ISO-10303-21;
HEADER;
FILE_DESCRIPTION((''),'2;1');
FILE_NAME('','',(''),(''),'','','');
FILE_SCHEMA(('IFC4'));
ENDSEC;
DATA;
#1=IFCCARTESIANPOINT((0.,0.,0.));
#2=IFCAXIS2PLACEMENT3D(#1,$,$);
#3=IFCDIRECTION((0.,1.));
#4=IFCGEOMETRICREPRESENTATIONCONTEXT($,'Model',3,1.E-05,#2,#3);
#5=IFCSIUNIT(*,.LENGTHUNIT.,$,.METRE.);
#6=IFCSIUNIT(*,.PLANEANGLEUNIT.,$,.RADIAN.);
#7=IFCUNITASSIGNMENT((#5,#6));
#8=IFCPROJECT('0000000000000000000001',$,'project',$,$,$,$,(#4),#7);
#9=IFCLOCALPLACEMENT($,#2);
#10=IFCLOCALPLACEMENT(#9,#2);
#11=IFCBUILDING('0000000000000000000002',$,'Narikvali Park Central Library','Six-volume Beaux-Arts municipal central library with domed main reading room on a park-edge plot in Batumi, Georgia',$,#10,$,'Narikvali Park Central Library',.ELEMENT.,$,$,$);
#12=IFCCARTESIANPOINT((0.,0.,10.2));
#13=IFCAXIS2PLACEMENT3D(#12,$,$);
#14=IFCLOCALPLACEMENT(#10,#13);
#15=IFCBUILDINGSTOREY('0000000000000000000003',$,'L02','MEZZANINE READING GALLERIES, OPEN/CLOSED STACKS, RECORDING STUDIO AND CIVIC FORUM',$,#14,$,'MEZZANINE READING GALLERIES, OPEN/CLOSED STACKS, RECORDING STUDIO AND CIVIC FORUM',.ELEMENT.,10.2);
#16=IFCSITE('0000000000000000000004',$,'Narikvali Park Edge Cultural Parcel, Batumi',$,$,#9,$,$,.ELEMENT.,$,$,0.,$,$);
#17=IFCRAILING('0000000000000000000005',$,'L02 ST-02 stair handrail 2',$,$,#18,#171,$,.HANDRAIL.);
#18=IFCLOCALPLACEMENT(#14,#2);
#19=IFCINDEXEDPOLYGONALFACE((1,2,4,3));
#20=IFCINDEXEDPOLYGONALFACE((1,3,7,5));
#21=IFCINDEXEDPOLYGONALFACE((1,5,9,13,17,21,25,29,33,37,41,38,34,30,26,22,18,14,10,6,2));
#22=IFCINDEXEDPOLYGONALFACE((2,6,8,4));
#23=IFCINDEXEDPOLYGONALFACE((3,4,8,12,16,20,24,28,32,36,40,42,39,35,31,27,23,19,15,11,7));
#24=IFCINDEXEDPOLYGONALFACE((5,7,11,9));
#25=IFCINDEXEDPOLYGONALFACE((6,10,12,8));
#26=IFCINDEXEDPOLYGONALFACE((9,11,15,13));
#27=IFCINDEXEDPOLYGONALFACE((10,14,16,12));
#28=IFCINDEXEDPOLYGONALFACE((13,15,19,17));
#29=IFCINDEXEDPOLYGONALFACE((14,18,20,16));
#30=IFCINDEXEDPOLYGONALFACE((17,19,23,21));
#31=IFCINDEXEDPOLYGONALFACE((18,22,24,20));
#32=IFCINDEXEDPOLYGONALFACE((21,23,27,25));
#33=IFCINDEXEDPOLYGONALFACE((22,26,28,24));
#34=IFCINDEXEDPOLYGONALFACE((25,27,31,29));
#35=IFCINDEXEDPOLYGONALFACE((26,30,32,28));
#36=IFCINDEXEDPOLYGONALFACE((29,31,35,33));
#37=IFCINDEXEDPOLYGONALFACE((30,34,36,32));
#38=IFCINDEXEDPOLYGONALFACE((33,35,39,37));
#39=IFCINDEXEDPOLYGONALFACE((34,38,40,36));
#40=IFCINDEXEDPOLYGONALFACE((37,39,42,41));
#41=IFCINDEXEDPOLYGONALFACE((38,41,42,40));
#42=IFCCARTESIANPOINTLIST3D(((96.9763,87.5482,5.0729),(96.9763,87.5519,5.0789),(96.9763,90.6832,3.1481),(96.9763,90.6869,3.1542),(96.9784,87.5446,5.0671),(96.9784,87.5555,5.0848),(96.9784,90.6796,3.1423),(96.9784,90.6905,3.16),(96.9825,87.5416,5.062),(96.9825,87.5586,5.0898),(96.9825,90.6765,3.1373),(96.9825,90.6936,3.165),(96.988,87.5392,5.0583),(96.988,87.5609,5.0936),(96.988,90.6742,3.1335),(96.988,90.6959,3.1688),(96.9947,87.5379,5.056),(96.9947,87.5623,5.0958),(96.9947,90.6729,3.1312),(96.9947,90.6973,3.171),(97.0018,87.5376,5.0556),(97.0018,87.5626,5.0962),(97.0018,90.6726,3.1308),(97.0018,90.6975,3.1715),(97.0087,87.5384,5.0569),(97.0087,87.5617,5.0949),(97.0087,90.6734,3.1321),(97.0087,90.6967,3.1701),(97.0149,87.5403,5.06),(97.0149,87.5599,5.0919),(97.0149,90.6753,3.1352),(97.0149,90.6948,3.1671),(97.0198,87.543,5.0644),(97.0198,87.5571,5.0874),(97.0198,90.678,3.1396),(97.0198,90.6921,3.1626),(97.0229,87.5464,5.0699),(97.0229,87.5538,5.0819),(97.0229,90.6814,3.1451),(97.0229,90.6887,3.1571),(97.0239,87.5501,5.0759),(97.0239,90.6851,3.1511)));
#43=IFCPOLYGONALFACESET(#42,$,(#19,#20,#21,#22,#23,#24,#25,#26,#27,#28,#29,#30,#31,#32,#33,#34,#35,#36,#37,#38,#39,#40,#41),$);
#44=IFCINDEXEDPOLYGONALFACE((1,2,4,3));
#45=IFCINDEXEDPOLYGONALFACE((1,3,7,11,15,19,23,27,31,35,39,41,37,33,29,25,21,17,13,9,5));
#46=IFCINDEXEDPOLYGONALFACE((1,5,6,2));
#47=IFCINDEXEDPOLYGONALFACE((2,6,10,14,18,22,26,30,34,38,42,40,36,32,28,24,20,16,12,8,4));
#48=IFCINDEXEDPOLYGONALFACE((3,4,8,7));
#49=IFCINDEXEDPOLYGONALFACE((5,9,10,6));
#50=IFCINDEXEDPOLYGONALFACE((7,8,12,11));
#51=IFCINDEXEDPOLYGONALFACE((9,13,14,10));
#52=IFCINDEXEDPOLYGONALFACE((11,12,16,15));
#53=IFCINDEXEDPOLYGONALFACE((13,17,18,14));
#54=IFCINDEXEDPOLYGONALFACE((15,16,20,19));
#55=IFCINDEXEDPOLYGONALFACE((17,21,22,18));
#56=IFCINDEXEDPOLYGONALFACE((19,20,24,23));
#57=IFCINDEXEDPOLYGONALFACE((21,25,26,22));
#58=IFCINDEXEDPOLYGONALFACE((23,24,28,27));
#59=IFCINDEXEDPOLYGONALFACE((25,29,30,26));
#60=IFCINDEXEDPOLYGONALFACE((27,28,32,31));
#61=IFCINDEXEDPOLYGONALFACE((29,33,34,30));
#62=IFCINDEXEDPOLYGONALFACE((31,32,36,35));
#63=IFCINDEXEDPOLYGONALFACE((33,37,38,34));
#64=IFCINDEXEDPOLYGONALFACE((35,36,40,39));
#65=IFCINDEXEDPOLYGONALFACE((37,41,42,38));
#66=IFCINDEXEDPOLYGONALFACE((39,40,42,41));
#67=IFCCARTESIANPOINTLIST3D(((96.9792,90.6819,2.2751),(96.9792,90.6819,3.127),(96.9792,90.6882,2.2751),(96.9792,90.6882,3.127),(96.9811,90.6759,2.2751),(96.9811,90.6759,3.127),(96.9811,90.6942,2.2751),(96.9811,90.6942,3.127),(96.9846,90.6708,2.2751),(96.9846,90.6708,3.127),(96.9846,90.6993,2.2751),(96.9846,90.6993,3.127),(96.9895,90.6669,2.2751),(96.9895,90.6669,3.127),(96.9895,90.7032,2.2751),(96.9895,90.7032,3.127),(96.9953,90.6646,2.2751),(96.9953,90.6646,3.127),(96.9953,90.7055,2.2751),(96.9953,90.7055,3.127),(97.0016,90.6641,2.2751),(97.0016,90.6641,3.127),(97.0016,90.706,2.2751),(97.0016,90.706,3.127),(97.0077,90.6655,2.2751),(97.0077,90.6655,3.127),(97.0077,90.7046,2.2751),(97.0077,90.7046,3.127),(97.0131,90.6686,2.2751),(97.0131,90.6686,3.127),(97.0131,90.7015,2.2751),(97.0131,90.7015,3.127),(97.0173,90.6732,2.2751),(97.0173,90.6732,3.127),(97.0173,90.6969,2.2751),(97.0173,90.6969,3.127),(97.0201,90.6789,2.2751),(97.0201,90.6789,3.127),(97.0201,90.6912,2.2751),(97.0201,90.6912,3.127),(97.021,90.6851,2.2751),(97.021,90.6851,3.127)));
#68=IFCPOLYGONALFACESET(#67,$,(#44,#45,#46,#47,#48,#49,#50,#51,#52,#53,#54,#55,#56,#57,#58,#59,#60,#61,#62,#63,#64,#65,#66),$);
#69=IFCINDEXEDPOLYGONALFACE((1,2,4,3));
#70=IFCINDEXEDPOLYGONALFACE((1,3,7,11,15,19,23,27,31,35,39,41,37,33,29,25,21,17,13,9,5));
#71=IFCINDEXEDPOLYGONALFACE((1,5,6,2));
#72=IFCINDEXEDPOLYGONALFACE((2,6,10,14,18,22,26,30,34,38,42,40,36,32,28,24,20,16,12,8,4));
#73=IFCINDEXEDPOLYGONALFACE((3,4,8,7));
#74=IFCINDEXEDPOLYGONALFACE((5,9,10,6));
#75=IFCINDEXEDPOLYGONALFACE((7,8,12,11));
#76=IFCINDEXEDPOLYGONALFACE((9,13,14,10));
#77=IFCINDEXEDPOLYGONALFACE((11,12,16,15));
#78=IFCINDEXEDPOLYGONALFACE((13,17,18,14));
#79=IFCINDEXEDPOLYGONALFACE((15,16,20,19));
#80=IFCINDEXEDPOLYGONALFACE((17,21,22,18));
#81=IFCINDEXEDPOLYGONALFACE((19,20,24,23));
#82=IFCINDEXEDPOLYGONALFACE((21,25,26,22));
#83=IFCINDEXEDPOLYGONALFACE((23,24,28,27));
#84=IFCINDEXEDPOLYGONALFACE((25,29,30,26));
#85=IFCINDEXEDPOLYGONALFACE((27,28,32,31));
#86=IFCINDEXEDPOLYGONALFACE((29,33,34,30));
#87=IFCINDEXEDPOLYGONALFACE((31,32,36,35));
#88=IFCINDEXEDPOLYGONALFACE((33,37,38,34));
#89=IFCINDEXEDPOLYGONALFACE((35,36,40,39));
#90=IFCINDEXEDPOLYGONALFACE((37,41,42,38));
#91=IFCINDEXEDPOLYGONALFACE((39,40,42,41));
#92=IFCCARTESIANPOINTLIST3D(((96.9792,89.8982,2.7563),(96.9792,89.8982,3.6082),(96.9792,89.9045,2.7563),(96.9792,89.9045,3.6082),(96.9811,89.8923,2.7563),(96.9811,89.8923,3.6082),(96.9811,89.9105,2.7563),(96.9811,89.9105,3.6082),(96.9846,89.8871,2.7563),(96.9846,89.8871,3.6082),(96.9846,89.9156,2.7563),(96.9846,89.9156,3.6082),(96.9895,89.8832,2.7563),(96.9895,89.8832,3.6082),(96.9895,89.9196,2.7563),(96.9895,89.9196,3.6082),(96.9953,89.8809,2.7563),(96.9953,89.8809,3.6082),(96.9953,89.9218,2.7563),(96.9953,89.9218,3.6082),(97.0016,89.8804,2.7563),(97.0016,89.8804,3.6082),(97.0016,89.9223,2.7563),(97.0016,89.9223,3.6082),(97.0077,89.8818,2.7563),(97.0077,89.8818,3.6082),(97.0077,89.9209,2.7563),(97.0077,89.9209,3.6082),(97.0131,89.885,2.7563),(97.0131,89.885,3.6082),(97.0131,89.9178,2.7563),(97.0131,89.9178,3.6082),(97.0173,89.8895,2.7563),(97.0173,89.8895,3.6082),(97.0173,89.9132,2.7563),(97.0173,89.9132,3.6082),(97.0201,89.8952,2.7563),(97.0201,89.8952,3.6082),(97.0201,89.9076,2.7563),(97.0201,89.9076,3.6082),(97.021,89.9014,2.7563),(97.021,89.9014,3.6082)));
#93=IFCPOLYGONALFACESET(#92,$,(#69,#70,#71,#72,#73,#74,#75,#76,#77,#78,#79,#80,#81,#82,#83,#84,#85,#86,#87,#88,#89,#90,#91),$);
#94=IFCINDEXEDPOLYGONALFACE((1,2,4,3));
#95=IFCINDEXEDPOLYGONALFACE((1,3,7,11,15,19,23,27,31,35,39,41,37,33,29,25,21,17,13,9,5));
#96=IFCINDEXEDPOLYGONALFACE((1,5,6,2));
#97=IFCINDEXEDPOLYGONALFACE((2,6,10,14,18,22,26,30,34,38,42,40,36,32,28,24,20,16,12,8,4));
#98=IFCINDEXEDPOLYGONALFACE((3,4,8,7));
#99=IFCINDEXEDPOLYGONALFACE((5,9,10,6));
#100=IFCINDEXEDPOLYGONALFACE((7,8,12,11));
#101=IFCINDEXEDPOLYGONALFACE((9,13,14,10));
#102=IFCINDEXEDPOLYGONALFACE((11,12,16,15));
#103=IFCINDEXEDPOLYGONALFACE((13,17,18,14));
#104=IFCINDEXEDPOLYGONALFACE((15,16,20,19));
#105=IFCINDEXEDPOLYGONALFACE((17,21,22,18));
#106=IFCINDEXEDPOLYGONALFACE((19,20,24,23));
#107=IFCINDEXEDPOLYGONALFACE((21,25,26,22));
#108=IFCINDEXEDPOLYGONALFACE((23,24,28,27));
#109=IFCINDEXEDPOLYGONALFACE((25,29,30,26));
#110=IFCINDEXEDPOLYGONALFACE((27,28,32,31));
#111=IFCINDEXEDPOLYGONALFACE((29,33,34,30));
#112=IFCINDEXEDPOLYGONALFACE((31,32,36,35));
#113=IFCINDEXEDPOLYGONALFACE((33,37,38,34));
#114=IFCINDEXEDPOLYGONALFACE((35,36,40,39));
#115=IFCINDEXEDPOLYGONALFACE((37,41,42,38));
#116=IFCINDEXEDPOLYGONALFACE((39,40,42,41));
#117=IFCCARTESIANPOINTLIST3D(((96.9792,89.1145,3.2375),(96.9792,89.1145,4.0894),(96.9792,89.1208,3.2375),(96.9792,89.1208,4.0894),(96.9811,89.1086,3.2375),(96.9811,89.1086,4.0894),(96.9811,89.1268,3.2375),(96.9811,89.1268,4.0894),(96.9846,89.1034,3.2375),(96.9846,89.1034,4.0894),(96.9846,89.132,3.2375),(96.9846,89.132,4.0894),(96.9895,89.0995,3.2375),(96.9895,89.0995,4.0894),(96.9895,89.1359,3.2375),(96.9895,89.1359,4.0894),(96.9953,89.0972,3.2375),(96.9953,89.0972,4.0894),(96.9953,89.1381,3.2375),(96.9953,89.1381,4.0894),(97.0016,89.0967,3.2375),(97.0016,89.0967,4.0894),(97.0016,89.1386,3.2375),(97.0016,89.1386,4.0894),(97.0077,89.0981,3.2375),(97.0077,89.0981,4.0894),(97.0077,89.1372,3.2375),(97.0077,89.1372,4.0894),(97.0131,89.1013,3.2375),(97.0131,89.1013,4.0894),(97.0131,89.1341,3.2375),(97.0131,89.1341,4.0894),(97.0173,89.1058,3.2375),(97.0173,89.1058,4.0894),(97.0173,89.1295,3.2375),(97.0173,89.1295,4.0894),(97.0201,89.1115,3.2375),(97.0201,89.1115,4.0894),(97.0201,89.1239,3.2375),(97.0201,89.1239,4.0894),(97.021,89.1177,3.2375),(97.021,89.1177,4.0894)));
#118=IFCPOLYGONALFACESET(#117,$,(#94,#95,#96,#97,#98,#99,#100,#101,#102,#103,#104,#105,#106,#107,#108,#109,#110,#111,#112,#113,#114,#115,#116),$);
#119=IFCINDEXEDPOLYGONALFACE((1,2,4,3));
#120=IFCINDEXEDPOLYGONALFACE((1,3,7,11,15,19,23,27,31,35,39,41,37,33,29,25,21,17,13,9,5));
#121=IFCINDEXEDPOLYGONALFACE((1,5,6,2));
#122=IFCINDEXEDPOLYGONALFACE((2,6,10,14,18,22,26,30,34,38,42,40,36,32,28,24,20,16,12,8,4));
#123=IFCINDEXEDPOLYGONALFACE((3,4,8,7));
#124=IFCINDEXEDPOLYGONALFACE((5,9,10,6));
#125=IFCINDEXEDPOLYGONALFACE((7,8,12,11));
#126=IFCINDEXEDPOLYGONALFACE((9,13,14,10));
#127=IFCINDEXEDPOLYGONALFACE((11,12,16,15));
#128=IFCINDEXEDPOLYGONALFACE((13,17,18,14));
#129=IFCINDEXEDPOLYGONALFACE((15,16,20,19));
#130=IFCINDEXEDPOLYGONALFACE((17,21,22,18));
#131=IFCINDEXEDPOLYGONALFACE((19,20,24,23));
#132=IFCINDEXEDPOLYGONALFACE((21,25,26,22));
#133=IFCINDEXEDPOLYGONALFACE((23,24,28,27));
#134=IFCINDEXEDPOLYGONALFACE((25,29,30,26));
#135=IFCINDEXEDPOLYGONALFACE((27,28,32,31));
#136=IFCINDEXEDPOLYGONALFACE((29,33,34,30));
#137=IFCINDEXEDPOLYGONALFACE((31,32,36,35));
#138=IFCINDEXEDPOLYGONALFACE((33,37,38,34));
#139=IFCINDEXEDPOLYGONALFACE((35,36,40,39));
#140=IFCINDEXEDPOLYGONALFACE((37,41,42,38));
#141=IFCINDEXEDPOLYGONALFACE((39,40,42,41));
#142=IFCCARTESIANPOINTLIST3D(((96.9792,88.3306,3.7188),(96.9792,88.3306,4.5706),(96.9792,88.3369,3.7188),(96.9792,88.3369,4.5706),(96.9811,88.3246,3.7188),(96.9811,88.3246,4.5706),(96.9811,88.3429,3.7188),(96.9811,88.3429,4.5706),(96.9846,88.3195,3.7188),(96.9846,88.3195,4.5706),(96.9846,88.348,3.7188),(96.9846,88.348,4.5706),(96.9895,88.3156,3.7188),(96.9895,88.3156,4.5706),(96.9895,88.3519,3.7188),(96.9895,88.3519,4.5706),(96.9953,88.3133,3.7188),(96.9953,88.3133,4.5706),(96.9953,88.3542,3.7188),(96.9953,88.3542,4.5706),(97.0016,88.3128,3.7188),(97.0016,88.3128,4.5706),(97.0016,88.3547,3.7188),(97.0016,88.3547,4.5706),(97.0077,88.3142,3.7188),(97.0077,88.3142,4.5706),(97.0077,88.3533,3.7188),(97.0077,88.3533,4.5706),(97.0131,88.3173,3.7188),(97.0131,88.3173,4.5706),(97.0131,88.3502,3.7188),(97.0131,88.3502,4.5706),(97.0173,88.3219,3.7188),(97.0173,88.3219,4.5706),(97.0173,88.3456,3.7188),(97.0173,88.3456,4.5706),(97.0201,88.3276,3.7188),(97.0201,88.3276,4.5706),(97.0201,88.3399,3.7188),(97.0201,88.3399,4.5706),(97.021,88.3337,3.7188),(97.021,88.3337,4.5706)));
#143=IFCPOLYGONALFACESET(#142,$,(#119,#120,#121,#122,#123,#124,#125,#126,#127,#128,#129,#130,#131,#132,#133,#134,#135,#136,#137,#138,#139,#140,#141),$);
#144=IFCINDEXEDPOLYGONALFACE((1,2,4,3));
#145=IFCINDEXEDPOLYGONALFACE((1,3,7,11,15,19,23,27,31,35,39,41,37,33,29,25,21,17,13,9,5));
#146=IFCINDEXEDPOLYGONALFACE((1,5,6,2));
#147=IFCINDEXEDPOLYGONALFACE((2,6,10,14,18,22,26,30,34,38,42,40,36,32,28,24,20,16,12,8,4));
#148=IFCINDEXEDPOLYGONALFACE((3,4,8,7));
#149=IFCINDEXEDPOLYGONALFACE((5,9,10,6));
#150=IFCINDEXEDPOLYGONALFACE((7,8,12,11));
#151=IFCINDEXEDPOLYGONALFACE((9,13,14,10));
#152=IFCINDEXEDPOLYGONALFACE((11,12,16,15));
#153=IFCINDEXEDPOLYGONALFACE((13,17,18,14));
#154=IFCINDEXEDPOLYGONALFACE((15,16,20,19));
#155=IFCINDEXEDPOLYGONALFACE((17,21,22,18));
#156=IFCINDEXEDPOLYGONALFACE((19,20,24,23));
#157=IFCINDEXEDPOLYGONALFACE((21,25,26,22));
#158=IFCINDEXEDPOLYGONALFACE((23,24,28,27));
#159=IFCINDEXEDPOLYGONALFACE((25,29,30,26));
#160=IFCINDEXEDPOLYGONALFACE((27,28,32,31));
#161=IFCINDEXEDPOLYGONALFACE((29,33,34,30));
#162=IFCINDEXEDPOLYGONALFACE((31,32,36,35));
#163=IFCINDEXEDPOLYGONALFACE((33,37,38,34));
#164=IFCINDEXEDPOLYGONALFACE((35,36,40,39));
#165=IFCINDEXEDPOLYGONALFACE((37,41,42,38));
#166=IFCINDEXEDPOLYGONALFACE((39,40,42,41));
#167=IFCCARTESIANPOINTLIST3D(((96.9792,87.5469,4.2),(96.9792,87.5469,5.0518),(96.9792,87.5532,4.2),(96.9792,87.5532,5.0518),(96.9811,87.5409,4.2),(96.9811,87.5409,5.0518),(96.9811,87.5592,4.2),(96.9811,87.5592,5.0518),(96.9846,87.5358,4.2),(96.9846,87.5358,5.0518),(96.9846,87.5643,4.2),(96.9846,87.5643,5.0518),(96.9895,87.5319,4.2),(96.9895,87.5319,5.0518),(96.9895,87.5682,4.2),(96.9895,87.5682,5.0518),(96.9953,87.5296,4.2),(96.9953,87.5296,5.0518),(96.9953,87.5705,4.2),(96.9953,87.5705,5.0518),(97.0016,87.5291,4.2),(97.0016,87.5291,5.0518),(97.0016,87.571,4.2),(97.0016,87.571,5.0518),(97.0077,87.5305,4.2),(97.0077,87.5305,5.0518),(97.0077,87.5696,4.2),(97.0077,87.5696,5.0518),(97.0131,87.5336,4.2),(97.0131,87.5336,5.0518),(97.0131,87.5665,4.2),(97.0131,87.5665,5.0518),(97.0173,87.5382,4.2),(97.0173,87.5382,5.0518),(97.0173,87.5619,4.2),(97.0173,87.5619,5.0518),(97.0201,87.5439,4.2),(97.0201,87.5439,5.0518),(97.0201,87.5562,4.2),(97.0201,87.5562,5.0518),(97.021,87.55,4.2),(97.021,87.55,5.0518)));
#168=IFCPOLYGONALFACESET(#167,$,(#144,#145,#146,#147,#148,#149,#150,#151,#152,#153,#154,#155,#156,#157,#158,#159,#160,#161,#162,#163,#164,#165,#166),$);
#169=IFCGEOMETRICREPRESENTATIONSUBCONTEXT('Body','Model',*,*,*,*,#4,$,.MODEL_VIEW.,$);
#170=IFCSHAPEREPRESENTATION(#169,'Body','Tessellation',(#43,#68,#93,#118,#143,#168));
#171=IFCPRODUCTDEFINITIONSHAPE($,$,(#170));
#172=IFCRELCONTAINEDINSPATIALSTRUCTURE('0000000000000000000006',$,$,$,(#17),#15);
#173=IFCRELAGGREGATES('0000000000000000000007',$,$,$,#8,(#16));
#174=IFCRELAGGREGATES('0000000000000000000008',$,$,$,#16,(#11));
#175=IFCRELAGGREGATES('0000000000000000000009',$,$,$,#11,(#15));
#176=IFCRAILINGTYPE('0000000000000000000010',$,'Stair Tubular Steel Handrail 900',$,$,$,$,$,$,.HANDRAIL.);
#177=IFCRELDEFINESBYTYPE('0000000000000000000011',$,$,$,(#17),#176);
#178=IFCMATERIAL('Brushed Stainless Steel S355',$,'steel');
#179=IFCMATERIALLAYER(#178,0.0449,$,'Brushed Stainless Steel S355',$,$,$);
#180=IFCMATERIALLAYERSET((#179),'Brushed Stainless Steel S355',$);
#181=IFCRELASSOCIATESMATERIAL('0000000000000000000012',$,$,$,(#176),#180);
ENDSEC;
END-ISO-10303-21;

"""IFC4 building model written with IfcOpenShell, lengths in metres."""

from ifc_helpers import new_model, si_unit, direction, frame, origin, origin_2d, place, context, subcontext, project, spatial, circle, extrude, material, layer, layer_set, type_object, element, save


model = new_model("IFC4")

# Units and contexts
model_context = context("Model", 3, precision=1e-05, world=origin(), true_north=direction((0.0, 1.0)))
body_context = subcontext(model_context, "Body", "Model", "MODEL_VIEW")
ifc_project = project(units=[si_unit("LENGTHUNIT", "METRE"), si_unit("PLANEANGLEUNIT", "RADIAN")], contexts=[model_context])

# Site, building, storey
site_placement = place(None, origin())
site = spatial("IfcSite", under=ifc_project, at=site_placement, Name="Narikvali Park Edge Cultural Parcel, Batumi", CompositionType="ELEMENT", RefElevation=0.0)
building_placement = place(site_placement, origin())
building = spatial("IfcBuilding", under=site, at=building_placement, Name="Narikvali Park Central Library", Description="Six-volume Beaux-Arts municipal central library with domed main reading room on a park-edge plot in Batumi, Georgia", LongName="Narikvali Park Central Library", CompositionType="ELEMENT")
storey_placement = place(building_placement, frame((0.0, 0.0, 10.2)))
storey = spatial("IfcBuildingStorey", under=building, at=storey_placement, Name="L02", Description="MEZZANINE READING GALLERIES, OPEN/CLOSED STACKS, RECORDING STUDIO AND CIVIC FORUM", LongName="MEZZANINE READING GALLERIES, OPEN/CLOSED STACKS, RECORDING STUDIO AND CIVIC FORUM", CompositionType="ELEMENT", Elevation=10.2)

# Shared definitions
ifc_material_1 = material(Name="Brushed Stainless Steel S355", Category="steel")

# Railing
ifc_layer_1 = layer(ifc_material_1, 0.0449, Name="Brushed Stainless Steel S355")
ifc_layer_set_1 = layer_set([ifc_layer_1], Name="Brushed Stainless Steel S355")
railing_type_1 = type_object("IfcRailingType", Name="Stair Tubular Steel Handrail 900", PredefinedType="HANDRAIL", material=ifc_layer_set_1)
railing_1_placement = place(storey_placement, frame((97.0, 90.6851, 2.2751)))
element("IfcRailing", 1, at=railing_1_placement, inside=storey, type_object=railing_type_1, Name="L02 ST-02 stair handrail 2", PredefinedType="HANDRAIL", context=body_context, shape_type="SweptSolid", body=[
    extrude(circle(Radius=0.0239, at=origin_2d()), frame((0.0, 0.0, 0.876), z_axis=(0.0, -0.852196, 0.523223), x_axis=(1.0, 0.0, 0.0)), (0.0, 0.0, 1.0), 3.6787),
    extrude(circle(Radius=0.021, at=origin_2d()), origin(), (0.0, 0.0, 1.0), 0.8518),
    extrude(circle(Radius=0.021, at=origin_2d()), frame((0.0, -0.7837, 0.4812)), (0.0, 0.0, 1.0), 0.8518),
    extrude(circle(Radius=0.021, at=origin_2d()), frame((0.0, -1.5674, 0.9624)), (0.0, 0.0, 1.0), 0.8518),
    extrude(circle(Radius=0.021, at=origin_2d()), frame((0.0, -2.3513, 1.4436)), (0.0, 0.0, 1.0), 0.8518),
    extrude(circle(Radius=0.021, at=origin_2d()), frame((0.0, -3.135, 1.9248)), (0.0, 0.0, 1.0), 0.8518),
])

save(model, "model.ifc")
